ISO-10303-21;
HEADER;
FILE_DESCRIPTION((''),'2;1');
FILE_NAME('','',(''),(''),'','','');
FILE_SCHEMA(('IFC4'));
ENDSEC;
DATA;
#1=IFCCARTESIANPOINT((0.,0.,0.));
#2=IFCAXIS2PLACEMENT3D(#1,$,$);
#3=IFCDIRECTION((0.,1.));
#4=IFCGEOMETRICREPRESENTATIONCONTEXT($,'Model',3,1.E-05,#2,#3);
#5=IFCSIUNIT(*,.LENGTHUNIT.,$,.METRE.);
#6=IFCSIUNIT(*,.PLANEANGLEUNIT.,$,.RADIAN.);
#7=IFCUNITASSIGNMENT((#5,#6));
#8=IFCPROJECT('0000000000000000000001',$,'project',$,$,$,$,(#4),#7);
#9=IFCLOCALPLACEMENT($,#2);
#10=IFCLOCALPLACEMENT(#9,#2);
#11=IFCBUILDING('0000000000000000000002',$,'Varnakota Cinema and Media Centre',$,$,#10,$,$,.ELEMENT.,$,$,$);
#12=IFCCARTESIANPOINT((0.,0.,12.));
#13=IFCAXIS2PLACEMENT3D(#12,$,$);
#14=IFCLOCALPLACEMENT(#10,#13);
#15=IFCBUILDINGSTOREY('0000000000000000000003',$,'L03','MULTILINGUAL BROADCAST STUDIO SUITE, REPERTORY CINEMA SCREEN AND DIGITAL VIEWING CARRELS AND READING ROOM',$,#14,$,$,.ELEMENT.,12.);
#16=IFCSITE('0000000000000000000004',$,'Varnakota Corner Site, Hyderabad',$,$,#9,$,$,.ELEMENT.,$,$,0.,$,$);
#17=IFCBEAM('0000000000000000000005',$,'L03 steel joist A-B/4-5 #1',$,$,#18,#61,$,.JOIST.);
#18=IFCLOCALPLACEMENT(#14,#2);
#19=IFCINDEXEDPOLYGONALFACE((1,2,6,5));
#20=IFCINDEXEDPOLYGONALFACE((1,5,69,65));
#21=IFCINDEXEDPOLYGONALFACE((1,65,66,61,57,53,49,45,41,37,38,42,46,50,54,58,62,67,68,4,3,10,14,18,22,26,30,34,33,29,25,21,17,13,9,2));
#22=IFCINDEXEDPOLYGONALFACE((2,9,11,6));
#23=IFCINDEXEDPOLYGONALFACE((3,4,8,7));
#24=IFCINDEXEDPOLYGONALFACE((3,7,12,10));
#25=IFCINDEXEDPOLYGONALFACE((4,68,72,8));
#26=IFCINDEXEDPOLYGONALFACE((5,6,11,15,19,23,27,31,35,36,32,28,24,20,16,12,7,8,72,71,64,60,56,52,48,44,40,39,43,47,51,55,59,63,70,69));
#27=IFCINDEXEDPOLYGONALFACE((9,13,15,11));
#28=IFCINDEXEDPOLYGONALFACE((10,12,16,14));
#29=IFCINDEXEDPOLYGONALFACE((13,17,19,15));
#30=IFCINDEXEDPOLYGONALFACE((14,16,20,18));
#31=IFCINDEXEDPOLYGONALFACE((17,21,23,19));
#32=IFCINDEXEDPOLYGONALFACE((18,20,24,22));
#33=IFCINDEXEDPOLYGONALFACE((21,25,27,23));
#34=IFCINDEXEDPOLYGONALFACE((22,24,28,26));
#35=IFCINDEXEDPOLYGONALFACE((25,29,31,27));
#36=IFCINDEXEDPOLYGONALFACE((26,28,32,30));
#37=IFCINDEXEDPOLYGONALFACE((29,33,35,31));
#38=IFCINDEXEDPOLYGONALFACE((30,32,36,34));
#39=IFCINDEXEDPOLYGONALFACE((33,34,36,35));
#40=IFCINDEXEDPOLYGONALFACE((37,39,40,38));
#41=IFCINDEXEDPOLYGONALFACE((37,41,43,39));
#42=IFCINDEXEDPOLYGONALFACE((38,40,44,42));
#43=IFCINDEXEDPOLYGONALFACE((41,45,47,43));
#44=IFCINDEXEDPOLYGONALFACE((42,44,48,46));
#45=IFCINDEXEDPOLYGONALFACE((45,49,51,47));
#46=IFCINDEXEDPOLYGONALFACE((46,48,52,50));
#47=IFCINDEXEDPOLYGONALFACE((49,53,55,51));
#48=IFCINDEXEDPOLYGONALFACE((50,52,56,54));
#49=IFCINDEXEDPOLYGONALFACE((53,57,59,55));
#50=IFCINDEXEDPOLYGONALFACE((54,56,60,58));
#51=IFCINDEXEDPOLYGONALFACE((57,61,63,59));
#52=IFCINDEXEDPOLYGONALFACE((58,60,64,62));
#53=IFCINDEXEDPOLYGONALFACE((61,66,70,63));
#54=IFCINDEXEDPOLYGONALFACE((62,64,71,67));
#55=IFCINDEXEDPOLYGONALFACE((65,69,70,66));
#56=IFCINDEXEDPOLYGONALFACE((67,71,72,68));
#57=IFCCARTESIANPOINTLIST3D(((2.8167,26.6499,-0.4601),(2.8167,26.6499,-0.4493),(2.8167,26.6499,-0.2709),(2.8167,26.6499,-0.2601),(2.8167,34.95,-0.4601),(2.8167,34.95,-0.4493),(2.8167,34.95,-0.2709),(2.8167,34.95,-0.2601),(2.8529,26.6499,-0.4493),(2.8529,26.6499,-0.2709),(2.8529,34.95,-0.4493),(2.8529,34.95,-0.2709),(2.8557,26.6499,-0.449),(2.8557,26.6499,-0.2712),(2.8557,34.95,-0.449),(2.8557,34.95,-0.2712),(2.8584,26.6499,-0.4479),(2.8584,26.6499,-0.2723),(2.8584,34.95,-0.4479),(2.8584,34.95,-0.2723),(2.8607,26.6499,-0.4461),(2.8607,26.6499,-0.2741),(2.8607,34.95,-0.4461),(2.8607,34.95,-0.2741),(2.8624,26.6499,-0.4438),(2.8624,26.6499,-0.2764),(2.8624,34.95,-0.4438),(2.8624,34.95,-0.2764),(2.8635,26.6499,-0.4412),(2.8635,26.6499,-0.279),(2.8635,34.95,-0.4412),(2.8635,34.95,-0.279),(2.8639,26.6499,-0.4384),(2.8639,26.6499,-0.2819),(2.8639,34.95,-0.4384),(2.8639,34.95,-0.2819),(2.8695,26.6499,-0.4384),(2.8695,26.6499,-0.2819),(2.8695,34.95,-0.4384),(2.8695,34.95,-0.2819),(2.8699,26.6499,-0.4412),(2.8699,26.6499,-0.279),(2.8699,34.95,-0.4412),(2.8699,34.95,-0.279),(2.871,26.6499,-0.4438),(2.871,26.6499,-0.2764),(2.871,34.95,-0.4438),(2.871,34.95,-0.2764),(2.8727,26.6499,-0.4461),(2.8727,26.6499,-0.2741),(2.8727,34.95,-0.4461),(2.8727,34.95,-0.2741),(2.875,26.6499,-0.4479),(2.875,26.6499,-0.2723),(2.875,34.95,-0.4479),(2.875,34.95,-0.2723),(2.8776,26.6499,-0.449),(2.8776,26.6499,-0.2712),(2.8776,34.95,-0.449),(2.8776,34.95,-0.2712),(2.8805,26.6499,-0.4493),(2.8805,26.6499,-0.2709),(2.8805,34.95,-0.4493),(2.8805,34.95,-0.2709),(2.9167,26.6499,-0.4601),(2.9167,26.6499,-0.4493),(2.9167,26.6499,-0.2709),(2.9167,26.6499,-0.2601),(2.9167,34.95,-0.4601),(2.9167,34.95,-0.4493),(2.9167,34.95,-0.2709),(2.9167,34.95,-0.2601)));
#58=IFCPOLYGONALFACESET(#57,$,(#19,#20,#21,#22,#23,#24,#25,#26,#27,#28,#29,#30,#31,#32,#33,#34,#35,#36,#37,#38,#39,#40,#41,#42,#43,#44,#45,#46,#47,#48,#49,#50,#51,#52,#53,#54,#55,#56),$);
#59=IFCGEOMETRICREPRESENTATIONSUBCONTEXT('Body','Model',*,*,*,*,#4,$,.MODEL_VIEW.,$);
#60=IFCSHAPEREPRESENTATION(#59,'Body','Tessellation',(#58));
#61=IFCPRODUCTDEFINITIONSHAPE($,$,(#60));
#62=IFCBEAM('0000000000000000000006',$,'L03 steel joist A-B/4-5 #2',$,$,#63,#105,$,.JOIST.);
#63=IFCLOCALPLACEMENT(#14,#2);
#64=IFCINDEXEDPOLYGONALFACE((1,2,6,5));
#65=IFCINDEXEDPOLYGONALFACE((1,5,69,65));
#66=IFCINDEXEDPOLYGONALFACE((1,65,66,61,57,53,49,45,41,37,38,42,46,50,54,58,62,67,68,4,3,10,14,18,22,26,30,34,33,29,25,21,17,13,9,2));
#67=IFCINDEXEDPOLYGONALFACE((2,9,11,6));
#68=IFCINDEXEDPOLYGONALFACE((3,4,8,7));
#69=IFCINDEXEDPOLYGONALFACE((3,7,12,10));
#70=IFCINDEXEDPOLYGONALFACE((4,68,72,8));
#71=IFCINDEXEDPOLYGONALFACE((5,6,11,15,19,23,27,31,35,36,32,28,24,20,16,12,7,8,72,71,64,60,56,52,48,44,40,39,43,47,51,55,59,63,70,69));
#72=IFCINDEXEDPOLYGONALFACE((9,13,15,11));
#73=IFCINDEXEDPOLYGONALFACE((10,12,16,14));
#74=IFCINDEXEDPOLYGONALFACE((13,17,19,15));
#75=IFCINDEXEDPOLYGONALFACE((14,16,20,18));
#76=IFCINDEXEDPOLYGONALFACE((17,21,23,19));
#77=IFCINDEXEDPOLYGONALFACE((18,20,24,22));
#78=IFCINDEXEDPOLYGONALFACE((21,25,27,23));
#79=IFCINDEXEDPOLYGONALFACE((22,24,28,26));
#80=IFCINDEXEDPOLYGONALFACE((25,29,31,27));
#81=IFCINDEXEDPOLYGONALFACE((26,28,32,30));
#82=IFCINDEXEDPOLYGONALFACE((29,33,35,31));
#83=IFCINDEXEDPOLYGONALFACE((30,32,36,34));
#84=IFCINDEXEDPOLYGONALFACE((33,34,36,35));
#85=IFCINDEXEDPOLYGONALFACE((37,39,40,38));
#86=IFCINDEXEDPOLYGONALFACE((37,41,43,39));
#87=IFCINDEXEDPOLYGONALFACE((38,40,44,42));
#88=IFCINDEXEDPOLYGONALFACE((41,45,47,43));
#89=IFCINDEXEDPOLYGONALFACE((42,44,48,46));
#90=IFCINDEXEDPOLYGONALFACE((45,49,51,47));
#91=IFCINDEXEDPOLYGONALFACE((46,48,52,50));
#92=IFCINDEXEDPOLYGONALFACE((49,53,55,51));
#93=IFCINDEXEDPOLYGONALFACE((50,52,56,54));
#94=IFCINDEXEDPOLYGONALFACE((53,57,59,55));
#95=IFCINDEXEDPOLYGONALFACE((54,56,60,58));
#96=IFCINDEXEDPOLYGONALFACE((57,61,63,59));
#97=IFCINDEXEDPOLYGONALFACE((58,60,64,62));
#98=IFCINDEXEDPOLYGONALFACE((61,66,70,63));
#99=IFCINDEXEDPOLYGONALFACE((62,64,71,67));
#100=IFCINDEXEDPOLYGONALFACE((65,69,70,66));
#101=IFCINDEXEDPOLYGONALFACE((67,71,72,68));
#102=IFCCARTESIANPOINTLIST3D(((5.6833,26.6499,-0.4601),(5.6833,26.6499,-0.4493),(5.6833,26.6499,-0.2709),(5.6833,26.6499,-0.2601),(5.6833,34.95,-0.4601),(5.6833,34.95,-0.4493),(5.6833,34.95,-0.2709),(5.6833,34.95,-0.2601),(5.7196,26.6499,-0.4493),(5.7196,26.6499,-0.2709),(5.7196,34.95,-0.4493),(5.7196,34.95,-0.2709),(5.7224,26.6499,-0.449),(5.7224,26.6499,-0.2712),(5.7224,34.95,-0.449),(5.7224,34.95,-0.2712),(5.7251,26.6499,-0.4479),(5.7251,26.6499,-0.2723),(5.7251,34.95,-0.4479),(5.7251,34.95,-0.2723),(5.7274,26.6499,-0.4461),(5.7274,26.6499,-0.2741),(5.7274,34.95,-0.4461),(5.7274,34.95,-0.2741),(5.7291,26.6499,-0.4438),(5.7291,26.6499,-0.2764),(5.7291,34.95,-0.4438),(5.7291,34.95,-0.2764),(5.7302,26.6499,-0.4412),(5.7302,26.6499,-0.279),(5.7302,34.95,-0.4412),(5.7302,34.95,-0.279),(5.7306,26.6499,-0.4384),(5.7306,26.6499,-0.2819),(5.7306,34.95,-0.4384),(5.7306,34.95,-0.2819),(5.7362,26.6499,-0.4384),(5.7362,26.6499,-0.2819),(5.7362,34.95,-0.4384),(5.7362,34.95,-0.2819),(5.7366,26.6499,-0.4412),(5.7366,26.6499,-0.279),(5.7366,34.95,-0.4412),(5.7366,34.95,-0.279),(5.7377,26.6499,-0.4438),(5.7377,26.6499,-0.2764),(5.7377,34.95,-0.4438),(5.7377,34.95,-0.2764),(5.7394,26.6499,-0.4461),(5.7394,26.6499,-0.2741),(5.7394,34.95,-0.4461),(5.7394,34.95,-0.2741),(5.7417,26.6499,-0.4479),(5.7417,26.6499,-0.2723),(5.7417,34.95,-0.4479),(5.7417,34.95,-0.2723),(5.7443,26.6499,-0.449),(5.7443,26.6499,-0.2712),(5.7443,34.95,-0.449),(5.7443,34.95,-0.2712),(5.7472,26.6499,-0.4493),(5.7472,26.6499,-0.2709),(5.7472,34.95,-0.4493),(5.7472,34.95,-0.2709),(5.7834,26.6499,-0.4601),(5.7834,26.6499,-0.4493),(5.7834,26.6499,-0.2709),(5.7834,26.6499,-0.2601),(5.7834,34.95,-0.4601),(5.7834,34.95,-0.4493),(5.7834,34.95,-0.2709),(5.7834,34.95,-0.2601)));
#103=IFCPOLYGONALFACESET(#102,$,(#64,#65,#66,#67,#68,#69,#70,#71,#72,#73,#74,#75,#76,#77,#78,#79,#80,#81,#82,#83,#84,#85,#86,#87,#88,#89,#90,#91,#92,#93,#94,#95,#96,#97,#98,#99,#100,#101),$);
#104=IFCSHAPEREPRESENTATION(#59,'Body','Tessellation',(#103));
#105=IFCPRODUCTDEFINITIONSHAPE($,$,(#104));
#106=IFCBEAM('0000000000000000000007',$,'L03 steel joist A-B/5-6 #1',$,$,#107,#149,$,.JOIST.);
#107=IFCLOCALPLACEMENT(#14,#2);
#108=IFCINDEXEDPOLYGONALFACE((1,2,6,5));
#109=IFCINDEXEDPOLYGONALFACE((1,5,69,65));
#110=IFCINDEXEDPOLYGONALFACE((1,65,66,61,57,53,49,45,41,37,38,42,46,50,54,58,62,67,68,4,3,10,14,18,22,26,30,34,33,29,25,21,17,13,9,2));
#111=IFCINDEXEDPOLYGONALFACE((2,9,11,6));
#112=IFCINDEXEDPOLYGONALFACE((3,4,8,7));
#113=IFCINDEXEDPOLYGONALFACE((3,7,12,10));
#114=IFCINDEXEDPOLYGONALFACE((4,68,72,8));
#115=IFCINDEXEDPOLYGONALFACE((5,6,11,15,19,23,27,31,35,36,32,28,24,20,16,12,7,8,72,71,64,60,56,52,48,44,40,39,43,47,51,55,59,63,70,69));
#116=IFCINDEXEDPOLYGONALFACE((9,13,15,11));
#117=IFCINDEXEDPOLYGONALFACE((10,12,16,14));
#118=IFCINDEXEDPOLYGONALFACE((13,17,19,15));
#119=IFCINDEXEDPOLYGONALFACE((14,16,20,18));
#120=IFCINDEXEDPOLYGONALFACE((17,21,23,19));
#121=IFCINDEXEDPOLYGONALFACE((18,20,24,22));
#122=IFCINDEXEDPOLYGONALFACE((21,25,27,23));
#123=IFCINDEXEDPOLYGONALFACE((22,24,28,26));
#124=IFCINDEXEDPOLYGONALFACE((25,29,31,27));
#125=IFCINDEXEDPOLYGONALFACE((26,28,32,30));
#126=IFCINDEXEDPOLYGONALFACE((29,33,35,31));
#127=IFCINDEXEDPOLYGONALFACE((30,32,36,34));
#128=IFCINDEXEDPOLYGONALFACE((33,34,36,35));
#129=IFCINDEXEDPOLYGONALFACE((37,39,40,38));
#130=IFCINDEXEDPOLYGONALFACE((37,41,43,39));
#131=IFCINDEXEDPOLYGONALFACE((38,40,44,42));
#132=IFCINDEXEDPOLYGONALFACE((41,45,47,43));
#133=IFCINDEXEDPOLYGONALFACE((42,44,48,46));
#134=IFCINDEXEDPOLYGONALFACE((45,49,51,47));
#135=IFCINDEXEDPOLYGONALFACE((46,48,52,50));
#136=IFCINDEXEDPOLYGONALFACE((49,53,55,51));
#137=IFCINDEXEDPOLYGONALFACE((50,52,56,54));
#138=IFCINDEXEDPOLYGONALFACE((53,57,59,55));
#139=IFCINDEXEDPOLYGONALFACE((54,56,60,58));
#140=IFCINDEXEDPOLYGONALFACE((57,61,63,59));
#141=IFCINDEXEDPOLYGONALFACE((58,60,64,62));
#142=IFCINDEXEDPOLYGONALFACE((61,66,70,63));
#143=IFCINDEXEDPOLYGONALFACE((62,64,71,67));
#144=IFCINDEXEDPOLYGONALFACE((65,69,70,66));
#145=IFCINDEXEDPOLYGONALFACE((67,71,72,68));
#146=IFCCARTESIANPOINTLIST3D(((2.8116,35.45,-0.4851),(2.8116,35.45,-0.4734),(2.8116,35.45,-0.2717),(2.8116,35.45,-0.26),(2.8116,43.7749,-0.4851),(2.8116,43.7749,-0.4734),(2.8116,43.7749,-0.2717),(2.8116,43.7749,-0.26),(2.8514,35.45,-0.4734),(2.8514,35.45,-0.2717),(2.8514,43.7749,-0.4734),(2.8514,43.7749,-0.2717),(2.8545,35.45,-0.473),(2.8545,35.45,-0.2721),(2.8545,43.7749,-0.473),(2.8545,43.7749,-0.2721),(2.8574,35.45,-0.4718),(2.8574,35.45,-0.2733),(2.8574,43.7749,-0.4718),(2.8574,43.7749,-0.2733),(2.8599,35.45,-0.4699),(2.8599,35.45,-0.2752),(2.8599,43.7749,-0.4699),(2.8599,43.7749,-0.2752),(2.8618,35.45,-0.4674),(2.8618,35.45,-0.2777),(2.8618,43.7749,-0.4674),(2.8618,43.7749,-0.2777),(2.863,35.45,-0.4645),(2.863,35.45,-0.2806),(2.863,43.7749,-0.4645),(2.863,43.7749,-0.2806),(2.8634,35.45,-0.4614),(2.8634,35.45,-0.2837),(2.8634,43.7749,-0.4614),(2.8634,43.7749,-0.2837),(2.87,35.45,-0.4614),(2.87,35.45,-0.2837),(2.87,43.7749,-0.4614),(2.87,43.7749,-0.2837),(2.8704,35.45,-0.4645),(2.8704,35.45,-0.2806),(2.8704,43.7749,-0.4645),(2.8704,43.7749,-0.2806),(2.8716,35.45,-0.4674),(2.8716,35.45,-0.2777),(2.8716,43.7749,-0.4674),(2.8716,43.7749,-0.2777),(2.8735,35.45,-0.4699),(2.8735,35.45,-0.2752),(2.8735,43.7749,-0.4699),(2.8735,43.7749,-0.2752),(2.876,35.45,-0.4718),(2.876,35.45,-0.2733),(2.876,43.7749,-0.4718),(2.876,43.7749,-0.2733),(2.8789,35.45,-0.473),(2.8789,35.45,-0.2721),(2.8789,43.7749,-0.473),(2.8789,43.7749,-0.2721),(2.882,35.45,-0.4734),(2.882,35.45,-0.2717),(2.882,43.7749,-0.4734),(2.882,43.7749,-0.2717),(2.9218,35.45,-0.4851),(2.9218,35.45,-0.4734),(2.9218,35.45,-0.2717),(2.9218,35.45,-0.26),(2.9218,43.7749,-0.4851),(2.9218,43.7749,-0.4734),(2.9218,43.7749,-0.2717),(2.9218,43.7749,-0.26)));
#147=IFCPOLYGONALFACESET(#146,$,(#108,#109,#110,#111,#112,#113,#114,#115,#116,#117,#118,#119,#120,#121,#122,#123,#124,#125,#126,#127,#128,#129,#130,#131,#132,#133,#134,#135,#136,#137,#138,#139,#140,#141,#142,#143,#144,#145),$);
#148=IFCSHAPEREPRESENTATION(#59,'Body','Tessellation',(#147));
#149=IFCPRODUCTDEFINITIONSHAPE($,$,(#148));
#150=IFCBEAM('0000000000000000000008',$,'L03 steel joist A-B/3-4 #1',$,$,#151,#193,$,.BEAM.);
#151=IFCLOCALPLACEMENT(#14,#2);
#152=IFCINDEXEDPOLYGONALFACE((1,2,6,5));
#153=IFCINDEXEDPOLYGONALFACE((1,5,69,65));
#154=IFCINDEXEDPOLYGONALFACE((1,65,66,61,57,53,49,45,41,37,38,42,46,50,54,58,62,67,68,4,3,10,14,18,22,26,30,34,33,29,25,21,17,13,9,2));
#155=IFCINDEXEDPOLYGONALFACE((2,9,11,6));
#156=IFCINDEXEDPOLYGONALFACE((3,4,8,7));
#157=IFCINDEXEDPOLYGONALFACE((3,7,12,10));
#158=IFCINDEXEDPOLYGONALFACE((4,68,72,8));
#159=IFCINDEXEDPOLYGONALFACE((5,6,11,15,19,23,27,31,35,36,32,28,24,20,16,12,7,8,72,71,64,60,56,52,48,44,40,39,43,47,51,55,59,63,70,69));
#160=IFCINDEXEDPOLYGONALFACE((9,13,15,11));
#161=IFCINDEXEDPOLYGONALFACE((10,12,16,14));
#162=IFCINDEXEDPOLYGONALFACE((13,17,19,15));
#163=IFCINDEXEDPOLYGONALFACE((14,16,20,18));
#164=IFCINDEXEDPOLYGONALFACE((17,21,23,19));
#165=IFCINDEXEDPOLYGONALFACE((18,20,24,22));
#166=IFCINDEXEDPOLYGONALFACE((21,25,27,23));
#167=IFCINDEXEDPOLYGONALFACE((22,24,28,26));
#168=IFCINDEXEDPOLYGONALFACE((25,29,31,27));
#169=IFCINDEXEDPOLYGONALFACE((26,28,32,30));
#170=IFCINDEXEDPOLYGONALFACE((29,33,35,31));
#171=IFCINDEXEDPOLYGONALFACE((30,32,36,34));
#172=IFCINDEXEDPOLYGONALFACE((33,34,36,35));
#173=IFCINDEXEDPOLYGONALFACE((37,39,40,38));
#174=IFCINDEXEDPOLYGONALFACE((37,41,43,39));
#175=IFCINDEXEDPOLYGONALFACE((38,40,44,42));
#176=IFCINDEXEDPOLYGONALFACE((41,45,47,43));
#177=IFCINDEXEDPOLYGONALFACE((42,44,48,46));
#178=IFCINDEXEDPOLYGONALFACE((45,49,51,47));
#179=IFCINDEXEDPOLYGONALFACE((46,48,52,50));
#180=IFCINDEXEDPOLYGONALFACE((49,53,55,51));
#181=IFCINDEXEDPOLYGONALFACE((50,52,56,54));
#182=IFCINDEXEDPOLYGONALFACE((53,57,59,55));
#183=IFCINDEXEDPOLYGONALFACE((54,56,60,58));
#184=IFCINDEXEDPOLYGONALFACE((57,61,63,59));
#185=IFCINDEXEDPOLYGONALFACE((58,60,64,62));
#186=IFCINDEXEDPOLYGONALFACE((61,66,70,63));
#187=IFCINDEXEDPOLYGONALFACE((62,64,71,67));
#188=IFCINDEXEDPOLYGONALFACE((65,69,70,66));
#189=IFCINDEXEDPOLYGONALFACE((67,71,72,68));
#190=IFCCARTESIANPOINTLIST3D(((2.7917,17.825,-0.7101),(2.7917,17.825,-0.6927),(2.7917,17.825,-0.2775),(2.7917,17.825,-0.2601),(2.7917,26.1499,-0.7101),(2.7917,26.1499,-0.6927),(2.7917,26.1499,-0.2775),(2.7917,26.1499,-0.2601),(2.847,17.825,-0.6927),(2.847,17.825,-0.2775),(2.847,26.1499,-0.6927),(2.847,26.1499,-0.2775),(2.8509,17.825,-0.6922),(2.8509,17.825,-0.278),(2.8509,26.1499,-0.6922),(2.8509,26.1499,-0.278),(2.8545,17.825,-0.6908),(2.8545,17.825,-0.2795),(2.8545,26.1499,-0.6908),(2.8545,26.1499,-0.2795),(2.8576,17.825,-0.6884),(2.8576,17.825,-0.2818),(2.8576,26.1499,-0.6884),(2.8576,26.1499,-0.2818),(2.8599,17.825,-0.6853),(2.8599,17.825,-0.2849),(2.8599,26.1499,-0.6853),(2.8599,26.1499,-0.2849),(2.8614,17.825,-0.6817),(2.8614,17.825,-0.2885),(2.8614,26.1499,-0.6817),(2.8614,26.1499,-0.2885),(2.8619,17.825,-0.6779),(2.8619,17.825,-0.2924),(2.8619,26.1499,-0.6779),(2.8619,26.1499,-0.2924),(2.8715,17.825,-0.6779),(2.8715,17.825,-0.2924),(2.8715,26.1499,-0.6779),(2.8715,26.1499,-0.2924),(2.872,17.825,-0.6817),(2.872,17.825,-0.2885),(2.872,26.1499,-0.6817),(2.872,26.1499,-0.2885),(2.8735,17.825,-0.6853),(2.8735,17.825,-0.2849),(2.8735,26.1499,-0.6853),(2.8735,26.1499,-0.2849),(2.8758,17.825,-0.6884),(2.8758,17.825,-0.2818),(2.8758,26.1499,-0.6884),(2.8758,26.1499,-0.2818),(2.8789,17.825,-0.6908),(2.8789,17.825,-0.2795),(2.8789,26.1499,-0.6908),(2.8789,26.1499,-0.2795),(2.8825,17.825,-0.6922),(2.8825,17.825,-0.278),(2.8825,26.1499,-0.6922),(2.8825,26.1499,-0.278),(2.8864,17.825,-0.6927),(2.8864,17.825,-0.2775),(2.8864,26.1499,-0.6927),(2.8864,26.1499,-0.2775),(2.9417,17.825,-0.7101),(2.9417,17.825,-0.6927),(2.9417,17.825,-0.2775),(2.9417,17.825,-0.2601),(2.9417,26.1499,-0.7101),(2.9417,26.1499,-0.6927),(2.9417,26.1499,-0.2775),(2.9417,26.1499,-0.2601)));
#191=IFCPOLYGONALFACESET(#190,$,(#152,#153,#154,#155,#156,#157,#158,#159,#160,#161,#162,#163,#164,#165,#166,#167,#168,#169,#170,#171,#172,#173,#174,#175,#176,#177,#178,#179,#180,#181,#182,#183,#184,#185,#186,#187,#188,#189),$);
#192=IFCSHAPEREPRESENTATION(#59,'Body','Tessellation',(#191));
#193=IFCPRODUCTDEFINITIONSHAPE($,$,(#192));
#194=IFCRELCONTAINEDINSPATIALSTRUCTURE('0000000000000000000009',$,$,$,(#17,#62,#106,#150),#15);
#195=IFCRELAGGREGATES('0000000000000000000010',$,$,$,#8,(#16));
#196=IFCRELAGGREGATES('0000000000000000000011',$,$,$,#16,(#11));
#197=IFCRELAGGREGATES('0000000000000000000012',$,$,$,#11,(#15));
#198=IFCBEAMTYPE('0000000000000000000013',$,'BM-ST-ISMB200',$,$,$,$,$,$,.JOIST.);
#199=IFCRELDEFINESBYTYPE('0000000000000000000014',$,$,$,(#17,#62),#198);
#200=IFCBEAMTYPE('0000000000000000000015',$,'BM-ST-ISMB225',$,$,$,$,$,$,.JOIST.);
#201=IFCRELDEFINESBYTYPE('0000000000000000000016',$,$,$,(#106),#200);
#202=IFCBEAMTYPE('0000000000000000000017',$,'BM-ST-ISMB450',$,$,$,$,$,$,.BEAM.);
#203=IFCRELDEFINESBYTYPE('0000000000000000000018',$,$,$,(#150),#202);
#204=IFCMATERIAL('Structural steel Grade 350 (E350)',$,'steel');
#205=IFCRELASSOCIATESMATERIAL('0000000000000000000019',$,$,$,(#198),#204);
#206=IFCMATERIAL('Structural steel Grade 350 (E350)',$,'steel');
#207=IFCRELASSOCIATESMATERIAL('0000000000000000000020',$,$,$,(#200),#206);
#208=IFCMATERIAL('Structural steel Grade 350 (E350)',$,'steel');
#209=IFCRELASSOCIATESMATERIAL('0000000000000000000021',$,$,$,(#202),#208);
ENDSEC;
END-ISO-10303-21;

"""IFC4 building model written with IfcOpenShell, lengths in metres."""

from ifc_helpers import new_model, si_unit, direction, frame, origin, origin_2d, place, context, subcontext, project, spatial, i_section, extrude, material, material_profile, profile_set, type_object, element, save


model = new_model("IFC4")

# Units and contexts
model_context = context("Model", 3, precision=1e-05, world=origin(), true_north=direction((0.0, 1.0)))
body_context = subcontext(model_context, "Body", "Model", "MODEL_VIEW")
ifc_project = project(units=[si_unit("LENGTHUNIT", "METRE"), si_unit("PLANEANGLEUNIT", "RADIAN")], contexts=[model_context])

# Site, building, storey
site_placement = place(None, origin())
site = spatial("IfcSite", under=ifc_project, at=site_placement, Name="Varnakota Corner Site, Hyderabad", CompositionType="ELEMENT", RefElevation=0.0)
building_placement = place(site_placement, origin())
building = spatial("IfcBuilding", under=site, at=building_placement, Name="Varnakota Cinema and Media Centre", CompositionType="ELEMENT")
storey_placement = place(building_placement, frame((0.0, 0.0, 12.0)))
storey = spatial("IfcBuildingStorey", under=building, at=storey_placement, Name="L03", Description="MULTILINGUAL BROADCAST STUDIO SUITE, REPERTORY CINEMA SCREEN AND DIGITAL VIEWING CARRELS AND READING ROOM", CompositionType="ELEMENT", Elevation=12.0)

# Beams
ifc_material_1 = material(Name="Structural steel Grade 350 (E350)", Category="steel")
ifc_material_profile_1 = material_profile(ifc_material_1, i_section(OverallWidth=0.1001, OverallDepth=0.2, WebThickness=0.0056, FlangeThickness=0.0107, FilletRadius=0.011, at=origin_2d()), Name="ISMB 200")
ifc_profile_set_1 = profile_set([ifc_material_profile_1], Name="Structural steel Grade 350 (E350)")
beam_type_1 = type_object("IfcBeamType", Name="BM-ST-ISMB200", PredefinedType="JOIST", material=ifc_profile_set_1)
for number, where, z_axis, x_axis, name in (
    (1, (2.8667, 26.6499, -0.3601), (0.0, 1.0, 0.0), (-1.0, 0.0, 0.0), "L03 steel joist A-B/4-5 #1"),
    (2, (5.7334, 26.6499, -0.3601), (0.0, 1.0, 0.0), (-1.0, 0.0, 0.0), "L03 steel joist A-B/4-5 #2"),
):
    element("IfcBeam", number, at=place(storey_placement, frame(where, z_axis=z_axis, x_axis=x_axis)), inside=storey, type_object=beam_type_1, Name=name, PredefinedType="JOIST", context=body_context, shape_type="SweptSolid", body=[
        extrude(i_section(OverallWidth=0.1001, OverallDepth=0.2, WebThickness=0.0056, FlangeThickness=0.0107, FilletRadius=0.011, at=origin_2d()), origin(), (0.0, 0.0, 1.0), 8.3),
    ])
ifc_material_2 = material(Name="Structural steel Grade 350 (E350)", Category="steel")
ifc_material_profile_2 = material_profile(ifc_material_2, i_section(OverallWidth=0.1101, OverallDepth=0.2251, WebThickness=0.0066, FlangeThickness=0.0117, FilletRadius=0.012, at=origin_2d()), Name="ISMB 225")
ifc_profile_set_2 = profile_set([ifc_material_profile_2], Name="Structural steel Grade 350 (E350)")
beam_type_2 = type_object("IfcBeamType", Name="BM-ST-ISMB225", PredefinedType="JOIST", material=ifc_profile_set_2)
beam_1_placement = place(storey_placement, frame((2.8667, 35.45, -0.3726), z_axis=(0.0, 1.0, 0.0), x_axis=(-1.0, 0.0, 0.0)))
element("IfcBeam", 3, at=beam_1_placement, inside=storey, type_object=beam_type_2, Name="L03 steel joist A-B/5-6 #1", PredefinedType="JOIST", context=body_context, shape_type="SweptSolid", body=[
    extrude(i_section(OverallWidth=0.1101, OverallDepth=0.2251, WebThickness=0.0066, FlangeThickness=0.0117, FilletRadius=0.012, at=origin_2d()), origin(), (0.0, 0.0, 1.0), 8.325),
])
ifc_material_3 = material(Name="Structural steel Grade 350 (E350)", Category="steel")
ifc_material_profile_3 = material_profile(ifc_material_3, i_section(OverallWidth=0.1499, OverallDepth=0.45, WebThickness=0.0095, FlangeThickness=0.0173, FilletRadius=0.0149, at=origin_2d()), Name="ISMB 450")
ifc_profile_set_3 = profile_set([ifc_material_profile_3], Name="Structural steel Grade 350 (E350)")
beam_type_3 = type_object("IfcBeamType", Name="BM-ST-ISMB450", PredefinedType="BEAM", material=ifc_profile_set_3)
beam_2_placement = place(storey_placement, frame((2.8667, 17.825, -0.4851), z_axis=(0.0, 1.0, 0.0), x_axis=(-1.0, 0.0, 0.0)))
element("IfcBeam", 4, at=beam_2_placement, inside=storey, type_object=beam_type_3, Name="L03 steel joist A-B/3-4 #1", PredefinedType="BEAM", context=body_context, shape_type="SweptSolid", body=[
    extrude(i_section(OverallWidth=0.1499, OverallDepth=0.45, WebThickness=0.0095, FlangeThickness=0.0173, FilletRadius=0.0149, at=origin_2d()), origin(), (0.0, 0.0, 1.0), 8.325),
])

save(model, "model.ifc")
